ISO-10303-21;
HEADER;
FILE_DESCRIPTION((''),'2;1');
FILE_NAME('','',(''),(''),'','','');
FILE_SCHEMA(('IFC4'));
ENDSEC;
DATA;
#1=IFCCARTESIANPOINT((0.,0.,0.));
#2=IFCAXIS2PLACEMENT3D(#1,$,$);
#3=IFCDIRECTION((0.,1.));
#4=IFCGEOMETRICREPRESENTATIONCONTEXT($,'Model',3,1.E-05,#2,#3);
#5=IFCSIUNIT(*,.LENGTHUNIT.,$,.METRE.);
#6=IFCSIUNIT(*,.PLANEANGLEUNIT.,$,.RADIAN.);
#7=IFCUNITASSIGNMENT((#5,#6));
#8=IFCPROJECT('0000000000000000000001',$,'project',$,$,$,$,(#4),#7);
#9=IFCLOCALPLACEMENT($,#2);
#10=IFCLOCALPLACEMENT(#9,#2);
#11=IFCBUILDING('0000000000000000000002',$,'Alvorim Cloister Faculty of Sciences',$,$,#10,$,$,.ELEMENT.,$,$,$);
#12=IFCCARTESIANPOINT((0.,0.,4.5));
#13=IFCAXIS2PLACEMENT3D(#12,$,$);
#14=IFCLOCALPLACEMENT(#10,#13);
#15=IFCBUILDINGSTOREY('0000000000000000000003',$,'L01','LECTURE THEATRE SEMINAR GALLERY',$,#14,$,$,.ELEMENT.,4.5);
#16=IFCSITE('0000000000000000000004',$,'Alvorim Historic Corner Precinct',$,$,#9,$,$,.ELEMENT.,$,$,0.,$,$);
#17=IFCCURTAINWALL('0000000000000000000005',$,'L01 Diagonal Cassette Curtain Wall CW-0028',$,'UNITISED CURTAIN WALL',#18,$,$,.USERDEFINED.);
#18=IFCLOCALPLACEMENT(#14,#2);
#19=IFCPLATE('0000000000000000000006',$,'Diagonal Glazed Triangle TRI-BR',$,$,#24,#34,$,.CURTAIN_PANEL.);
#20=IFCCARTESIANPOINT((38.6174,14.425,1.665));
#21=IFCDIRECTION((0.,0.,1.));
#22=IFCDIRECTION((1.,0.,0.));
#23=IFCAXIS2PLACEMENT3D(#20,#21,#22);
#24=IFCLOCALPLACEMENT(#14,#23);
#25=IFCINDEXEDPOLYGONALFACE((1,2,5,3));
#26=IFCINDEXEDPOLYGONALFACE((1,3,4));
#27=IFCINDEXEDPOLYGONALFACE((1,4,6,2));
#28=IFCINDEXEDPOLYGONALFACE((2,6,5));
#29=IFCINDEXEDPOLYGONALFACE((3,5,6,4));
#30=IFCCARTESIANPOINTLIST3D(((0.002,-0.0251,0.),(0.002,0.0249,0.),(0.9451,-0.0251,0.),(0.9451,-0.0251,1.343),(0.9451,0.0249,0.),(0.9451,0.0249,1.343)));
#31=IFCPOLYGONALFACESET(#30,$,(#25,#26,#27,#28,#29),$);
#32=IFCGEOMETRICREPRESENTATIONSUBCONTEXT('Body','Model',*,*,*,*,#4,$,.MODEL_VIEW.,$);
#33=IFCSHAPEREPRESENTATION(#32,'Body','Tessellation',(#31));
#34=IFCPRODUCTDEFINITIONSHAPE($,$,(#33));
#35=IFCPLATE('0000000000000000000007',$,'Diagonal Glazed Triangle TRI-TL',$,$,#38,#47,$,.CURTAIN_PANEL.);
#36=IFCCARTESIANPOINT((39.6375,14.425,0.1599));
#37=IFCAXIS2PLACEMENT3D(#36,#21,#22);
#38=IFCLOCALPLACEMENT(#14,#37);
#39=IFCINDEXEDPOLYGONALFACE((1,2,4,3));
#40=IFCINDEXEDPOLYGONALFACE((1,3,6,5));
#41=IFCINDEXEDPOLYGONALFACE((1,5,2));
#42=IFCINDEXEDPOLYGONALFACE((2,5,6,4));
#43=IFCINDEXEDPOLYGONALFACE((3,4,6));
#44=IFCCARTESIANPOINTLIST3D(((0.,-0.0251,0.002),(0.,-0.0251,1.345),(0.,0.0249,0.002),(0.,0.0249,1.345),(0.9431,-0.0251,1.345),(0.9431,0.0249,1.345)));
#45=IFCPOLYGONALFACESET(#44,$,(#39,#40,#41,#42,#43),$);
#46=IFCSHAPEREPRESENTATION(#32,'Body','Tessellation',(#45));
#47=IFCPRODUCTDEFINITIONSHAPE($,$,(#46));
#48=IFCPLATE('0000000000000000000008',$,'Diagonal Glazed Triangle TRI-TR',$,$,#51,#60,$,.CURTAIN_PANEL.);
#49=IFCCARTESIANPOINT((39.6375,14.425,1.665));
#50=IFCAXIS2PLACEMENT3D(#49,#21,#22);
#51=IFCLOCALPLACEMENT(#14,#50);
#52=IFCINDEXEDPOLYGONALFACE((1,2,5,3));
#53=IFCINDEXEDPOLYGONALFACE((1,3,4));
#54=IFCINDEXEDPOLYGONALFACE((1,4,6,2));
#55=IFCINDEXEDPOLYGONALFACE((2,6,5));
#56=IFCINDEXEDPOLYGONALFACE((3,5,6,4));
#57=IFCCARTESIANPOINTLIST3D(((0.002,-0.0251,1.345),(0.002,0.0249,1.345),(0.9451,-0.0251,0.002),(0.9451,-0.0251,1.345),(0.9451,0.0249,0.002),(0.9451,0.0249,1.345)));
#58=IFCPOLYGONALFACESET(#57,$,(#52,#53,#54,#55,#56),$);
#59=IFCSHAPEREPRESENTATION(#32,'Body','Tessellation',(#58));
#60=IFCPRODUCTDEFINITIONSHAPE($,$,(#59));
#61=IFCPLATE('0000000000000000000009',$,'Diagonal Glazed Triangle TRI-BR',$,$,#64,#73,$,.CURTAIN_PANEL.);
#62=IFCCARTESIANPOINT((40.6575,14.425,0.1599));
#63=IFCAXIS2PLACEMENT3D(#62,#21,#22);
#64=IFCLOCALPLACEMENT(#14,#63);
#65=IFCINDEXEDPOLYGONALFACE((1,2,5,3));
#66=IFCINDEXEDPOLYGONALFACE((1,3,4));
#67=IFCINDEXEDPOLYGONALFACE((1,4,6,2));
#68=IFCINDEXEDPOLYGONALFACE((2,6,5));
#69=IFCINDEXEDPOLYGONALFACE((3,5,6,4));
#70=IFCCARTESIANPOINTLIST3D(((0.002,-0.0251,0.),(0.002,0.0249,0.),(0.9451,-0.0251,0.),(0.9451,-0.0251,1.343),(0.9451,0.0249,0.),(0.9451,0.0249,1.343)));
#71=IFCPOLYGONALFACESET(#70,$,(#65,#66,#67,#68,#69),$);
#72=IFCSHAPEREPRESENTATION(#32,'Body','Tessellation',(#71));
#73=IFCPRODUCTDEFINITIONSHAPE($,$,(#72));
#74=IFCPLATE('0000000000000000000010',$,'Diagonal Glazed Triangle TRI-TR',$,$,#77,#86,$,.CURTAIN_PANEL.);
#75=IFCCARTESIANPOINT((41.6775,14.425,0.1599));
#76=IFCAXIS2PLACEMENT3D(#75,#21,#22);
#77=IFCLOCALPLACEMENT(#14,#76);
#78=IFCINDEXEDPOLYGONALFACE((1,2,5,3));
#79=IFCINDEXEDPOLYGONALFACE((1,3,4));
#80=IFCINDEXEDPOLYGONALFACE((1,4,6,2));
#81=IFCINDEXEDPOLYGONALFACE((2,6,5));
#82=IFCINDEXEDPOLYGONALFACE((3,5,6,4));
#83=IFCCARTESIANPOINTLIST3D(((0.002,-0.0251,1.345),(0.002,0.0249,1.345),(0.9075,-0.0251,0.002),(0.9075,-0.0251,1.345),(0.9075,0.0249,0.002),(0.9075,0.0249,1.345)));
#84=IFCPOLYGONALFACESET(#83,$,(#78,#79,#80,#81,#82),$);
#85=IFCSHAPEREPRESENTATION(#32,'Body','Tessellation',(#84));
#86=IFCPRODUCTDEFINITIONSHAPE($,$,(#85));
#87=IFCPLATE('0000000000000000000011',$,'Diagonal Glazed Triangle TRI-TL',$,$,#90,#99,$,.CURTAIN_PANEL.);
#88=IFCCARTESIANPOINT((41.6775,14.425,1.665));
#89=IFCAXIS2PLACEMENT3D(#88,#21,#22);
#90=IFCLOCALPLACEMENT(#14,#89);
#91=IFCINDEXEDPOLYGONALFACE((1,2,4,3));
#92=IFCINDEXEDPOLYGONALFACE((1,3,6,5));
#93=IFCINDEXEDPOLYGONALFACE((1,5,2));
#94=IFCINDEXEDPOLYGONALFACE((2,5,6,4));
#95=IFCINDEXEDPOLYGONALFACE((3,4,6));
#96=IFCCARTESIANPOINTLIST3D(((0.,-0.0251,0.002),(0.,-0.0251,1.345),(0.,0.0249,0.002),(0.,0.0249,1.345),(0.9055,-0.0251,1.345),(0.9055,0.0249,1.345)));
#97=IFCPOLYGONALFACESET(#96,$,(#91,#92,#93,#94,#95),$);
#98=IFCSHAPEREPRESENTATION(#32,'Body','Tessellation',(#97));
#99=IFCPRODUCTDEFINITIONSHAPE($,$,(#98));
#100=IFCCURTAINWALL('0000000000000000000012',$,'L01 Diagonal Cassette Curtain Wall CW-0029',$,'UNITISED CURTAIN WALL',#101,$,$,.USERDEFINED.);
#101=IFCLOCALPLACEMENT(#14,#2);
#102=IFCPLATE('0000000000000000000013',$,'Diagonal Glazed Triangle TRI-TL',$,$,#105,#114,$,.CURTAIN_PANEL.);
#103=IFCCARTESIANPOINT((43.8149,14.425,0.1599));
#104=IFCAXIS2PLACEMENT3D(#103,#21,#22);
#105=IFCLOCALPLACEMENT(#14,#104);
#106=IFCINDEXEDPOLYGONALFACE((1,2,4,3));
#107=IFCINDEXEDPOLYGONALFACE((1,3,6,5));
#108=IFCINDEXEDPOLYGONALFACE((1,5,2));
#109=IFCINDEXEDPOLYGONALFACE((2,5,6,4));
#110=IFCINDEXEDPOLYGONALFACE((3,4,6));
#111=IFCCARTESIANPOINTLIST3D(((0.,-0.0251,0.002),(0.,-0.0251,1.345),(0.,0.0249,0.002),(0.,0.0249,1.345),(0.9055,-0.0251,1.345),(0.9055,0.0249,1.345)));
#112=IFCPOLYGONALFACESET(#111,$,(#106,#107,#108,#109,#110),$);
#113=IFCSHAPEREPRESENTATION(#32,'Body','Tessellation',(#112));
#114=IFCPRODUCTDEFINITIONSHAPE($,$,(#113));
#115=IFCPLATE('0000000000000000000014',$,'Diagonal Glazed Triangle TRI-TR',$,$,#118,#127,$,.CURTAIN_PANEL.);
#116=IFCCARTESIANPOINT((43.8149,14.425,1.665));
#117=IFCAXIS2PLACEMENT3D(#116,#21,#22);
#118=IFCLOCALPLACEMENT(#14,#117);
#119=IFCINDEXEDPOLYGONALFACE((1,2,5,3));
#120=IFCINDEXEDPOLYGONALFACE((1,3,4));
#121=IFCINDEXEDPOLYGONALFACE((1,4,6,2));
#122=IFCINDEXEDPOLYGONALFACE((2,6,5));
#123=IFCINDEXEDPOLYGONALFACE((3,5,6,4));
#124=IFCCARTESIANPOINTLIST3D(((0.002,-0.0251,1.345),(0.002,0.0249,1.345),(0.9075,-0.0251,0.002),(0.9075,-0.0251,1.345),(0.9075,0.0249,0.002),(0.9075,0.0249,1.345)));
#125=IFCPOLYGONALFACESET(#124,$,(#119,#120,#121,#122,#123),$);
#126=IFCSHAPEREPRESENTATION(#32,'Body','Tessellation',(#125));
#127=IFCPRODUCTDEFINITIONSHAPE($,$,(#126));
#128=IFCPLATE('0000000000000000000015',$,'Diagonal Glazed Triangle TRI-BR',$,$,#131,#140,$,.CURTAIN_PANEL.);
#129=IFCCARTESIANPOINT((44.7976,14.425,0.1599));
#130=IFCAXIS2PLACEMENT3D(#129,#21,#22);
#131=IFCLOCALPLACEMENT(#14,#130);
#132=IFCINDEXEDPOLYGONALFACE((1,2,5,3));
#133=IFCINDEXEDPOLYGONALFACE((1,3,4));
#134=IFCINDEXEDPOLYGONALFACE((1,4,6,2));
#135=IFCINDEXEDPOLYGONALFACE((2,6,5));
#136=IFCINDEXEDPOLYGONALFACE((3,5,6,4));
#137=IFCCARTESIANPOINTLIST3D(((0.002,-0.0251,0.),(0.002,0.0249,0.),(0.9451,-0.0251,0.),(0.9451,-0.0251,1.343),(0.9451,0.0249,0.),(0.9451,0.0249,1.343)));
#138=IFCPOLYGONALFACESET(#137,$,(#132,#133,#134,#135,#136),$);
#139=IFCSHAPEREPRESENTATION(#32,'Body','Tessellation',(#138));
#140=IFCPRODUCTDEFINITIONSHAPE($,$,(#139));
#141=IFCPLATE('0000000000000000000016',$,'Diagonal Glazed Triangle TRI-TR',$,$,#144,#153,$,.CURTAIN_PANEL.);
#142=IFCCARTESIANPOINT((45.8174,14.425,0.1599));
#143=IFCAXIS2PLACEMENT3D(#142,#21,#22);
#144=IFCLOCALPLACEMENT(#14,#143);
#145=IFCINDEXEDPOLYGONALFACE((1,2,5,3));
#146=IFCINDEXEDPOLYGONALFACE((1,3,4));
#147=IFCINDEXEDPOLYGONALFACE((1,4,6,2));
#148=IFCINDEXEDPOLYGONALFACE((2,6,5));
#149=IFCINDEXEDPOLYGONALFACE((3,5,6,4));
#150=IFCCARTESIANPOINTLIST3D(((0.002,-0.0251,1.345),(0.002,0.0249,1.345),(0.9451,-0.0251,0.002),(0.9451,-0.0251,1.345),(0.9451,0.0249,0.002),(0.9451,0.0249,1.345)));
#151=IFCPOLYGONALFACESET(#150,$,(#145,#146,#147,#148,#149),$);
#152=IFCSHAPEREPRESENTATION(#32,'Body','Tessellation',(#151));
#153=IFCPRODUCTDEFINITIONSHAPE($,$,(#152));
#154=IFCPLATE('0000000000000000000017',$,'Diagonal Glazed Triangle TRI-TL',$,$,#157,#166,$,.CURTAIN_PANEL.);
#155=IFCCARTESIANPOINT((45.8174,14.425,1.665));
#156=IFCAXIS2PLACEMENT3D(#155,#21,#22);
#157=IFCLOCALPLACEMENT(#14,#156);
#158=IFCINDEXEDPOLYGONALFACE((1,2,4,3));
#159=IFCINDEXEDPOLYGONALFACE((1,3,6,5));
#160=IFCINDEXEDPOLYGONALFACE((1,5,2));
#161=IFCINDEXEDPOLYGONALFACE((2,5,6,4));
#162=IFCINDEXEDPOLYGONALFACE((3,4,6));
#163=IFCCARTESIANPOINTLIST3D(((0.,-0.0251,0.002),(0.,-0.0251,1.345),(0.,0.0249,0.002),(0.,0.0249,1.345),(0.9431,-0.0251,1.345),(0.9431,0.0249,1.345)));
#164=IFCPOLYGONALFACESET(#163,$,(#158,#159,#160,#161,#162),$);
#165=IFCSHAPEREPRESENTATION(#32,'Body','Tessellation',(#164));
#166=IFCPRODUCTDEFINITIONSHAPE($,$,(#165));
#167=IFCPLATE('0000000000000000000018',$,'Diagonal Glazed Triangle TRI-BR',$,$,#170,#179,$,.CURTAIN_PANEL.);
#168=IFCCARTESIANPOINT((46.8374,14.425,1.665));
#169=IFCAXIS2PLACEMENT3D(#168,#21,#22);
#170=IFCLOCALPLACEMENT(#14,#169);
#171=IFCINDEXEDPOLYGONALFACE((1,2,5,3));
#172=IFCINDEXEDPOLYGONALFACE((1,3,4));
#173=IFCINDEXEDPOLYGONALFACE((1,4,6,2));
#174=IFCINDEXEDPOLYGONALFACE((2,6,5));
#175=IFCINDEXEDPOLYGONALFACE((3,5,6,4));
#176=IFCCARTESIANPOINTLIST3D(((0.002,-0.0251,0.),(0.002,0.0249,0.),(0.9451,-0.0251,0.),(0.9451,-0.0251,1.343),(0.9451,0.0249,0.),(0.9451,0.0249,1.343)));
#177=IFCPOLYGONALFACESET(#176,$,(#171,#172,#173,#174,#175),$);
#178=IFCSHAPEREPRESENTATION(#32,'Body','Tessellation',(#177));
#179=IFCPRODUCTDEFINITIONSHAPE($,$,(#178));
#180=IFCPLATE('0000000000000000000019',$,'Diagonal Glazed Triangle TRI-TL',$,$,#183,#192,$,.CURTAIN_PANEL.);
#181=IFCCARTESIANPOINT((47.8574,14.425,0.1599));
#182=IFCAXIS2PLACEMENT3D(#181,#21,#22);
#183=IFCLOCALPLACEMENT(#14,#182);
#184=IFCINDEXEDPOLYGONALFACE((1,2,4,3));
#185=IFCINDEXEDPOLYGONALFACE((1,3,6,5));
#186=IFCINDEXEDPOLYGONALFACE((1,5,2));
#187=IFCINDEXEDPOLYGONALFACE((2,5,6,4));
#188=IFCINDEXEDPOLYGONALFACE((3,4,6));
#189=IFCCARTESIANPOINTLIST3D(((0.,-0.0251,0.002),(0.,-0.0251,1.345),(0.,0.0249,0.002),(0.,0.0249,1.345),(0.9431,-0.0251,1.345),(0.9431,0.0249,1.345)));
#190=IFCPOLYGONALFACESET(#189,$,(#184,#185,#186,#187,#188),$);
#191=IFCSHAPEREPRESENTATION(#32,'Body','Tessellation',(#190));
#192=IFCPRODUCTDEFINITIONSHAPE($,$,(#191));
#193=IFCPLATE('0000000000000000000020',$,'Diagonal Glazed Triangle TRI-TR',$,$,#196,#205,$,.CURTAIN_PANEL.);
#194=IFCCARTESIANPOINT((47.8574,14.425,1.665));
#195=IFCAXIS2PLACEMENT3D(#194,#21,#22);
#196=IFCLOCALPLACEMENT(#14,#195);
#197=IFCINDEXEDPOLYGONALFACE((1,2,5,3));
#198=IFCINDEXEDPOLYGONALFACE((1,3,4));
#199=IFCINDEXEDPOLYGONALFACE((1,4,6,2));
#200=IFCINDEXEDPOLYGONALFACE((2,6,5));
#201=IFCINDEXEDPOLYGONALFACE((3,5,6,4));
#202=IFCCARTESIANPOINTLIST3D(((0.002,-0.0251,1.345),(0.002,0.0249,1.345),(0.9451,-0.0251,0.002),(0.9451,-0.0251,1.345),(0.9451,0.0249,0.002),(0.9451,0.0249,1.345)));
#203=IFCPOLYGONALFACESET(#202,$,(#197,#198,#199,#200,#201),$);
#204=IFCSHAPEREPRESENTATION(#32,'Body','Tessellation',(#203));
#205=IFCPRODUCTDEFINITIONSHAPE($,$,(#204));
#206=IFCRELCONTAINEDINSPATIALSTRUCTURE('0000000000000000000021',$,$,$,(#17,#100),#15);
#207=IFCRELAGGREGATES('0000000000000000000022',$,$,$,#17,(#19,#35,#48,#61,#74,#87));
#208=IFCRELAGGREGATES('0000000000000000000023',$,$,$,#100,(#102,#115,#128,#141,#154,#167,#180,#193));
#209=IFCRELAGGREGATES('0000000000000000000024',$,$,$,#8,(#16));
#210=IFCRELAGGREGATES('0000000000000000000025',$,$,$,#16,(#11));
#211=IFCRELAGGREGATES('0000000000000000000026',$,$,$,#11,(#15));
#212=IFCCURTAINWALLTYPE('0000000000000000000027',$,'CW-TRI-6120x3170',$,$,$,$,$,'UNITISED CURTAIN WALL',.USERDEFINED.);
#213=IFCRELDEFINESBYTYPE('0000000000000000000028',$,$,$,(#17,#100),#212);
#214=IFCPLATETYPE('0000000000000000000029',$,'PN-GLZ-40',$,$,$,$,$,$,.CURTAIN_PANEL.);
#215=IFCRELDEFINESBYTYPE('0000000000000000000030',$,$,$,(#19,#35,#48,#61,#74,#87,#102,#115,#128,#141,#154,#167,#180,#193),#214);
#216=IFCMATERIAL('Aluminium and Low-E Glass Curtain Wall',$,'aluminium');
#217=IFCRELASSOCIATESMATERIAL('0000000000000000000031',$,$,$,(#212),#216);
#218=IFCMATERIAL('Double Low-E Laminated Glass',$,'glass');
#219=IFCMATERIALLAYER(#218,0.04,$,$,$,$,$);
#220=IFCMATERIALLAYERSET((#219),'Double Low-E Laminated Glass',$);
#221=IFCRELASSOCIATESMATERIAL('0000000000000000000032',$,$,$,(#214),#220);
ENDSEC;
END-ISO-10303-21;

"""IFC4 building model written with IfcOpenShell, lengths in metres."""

from ifc_helpers import new_model, si_unit, direction, frame, origin, place, context, subcontext, project, spatial, polyline, outline, extrude, material, layer, layer_set, type_object, element, aggregate, save


model = new_model("IFC4")

# Units and contexts
model_context = context("Model", 3, precision=1e-05, world=origin(), true_north=direction((0.0, 1.0)))
body_context = subcontext(model_context, "Body", "Model", "MODEL_VIEW")
ifc_project = project(units=[si_unit("LENGTHUNIT", "METRE"), si_unit("PLANEANGLEUNIT", "RADIAN")], contexts=[model_context])

# Site, building, storey
site_placement = place(None, origin())
site = spatial("IfcSite", under=ifc_project, at=site_placement, Name="Alvorim Historic Corner Precinct", CompositionType="ELEMENT", RefElevation=0.0)
building_placement = place(site_placement, origin())
building = spatial("IfcBuilding", under=site, at=building_placement, Name="Alvorim Cloister Faculty of Sciences", CompositionType="ELEMENT")
storey_placement = place(building_placement, frame((0.0, 0.0, 4.5)))
storey = spatial("IfcBuildingStorey", under=building, at=storey_placement, Name="L01", Description="LECTURE THEATRE SEMINAR GALLERY", CompositionType="ELEMENT", Elevation=4.5)

# Curtain walls, plates
ifc_material_1 = material(Name="Aluminium and Low-E Glass Curtain Wall", Category="aluminium")
curtain_wall_type = type_object("IfcCurtainWallType", Name="CW-TRI-6120x3170", ElementType="UNITISED CURTAIN WALL", PredefinedType="USERDEFINED", material=ifc_material_1)
curtain_wall_1_placement = place(storey_placement, origin())
curtain_wall_1 = element("IfcCurtainWall", 1, at=curtain_wall_1_placement, inside=storey, type_object=curtain_wall_type, Name="L01 Diagonal Cassette Curtain Wall CW-0028", ObjectType="UNITISED CURTAIN WALL", PredefinedType="USERDEFINED")
ifc_material_2 = material(Name="Double Low-E Laminated Glass", Category="glass")
ifc_layer = layer(ifc_material_2, 0.04)
ifc_layer_set = layer_set([ifc_layer], Name="Double Low-E Laminated Glass")
plate_type = type_object("IfcPlateType", Name="PN-GLZ-40", PredefinedType="CURTAIN_PANEL", material=ifc_layer_set)
plate_1_placement = place(storey_placement, frame((38.6174, 14.425, 1.665), z_axis=(0.0, 0.0, 1.0), x_axis=(1.0, 0.0, 0.0)))
plate_1 = element("IfcPlate", 2, at=plate_1_placement, type_object=plate_type, Name="Diagonal Glazed Triangle TRI-BR", PredefinedType="CURTAIN_PANEL", context=body_context, shape_type="SweptSolid", body=[
    extrude(outline(polyline([(0.002, 0.0), (0.9451, 0.0), (0.9451, 1.343), (0.002, 0.0)])), frame((0.0, 0.0249, 0.0), z_axis=(0.0, -1.0, 0.0), x_axis=(1.0, 0.0, 0.0)), (0.0, 0.0, 1.0), 0.05),
])
plate_2_placement = place(storey_placement, frame((39.6375, 14.425, 0.1599), z_axis=(0.0, 0.0, 1.0), x_axis=(1.0, 0.0, 0.0)))
plate_2 = element("IfcPlate", 3, at=plate_2_placement, type_object=plate_type, Name="Diagonal Glazed Triangle TRI-TL", PredefinedType="CURTAIN_PANEL", context=body_context, shape_type="SweptSolid", body=[
    extrude(outline(polyline([(0.9431, 1.345), (0.0, 1.345), (0.0, 0.002), (0.9431, 1.345)])), frame((0.0, 0.0249, 0.0), z_axis=(0.0, -1.0, 0.0), x_axis=(1.0, 0.0, 0.0)), (0.0, 0.0, 1.0), 0.05),
])
plate_3_placement = place(storey_placement, frame((39.6375, 14.425, 1.665), z_axis=(0.0, 0.0, 1.0), x_axis=(1.0, 0.0, 0.0)))
plate_3 = element("IfcPlate", 4, at=plate_3_placement, type_object=plate_type, Name="Diagonal Glazed Triangle TRI-TR", PredefinedType="CURTAIN_PANEL", context=body_context, shape_type="SweptSolid", body=[
    extrude(outline(polyline([(0.9451, 0.002), (0.9451, 1.345), (0.002, 1.345), (0.9451, 0.002)])), frame((0.0, 0.0249, 0.0), z_axis=(0.0, -1.0, 0.0), x_axis=(1.0, 0.0, 0.0)), (0.0, 0.0, 1.0), 0.05),
])
plate_4_placement = place(storey_placement, frame((40.6575, 14.425, 0.1599), z_axis=(0.0, 0.0, 1.0), x_axis=(1.0, 0.0, 0.0)))
plate_4 = element("IfcPlate", 5, at=plate_4_placement, type_object=plate_type, Name="Diagonal Glazed Triangle TRI-BR", PredefinedType="CURTAIN_PANEL", context=body_context, shape_type="SweptSolid", body=[
    extrude(outline(polyline([(0.002, 0.0), (0.9451, 0.0), (0.9451, 1.343), (0.002, 0.0)])), frame((0.0, 0.0249, 0.0), z_axis=(0.0, -1.0, 0.0), x_axis=(1.0, 0.0, 0.0)), (0.0, 0.0, 1.0), 0.05),
])
plate_5_placement = place(storey_placement, frame((41.6775, 14.425, 0.1599), z_axis=(0.0, 0.0, 1.0), x_axis=(1.0, 0.0, 0.0)))
plate_5 = element("IfcPlate", 6, at=plate_5_placement, type_object=plate_type, Name="Diagonal Glazed Triangle TRI-TR", PredefinedType="CURTAIN_PANEL", context=body_context, shape_type="SweptSolid", body=[
    extrude(outline(polyline([(0.9075, 0.002), (0.9075, 1.345), (0.002, 1.345), (0.9075, 0.002)])), frame((0.0, 0.0249, 0.0), z_axis=(0.0, -1.0, 0.0), x_axis=(1.0, 0.0, 0.0)), (0.0, 0.0, 1.0), 0.05),
])
plate_6_placement = place(storey_placement, frame((41.6775, 14.425, 1.665), z_axis=(0.0, 0.0, 1.0), x_axis=(1.0, 0.0, 0.0)))
plate_6 = element("IfcPlate", 7, at=plate_6_placement, type_object=plate_type, Name="Diagonal Glazed Triangle TRI-TL", PredefinedType="CURTAIN_PANEL", context=body_context, shape_type="SweptSolid", body=[
    extrude(outline(polyline([(0.9055, 1.345), (0.0, 1.345), (0.0, 0.002), (0.9055, 1.345)])), frame((0.0, 0.0249, 0.0), z_axis=(0.0, -1.0, 0.0), x_axis=(1.0, 0.0, 0.0)), (0.0, 0.0, 1.0), 0.05),
])
aggregate(curtain_wall_1, [plate_1, plate_2, plate_3, plate_4, plate_5, plate_6])
curtain_wall_2_placement = place(storey_placement, origin())
curtain_wall_2 = element("IfcCurtainWall", 8, at=curtain_wall_2_placement, inside=storey, type_object=curtain_wall_type, Name="L01 Diagonal Cassette Curtain Wall CW-0029", ObjectType="UNITISED CURTAIN WALL", PredefinedType="USERDEFINED")
plate_7_placement = place(storey_placement, frame((43.8149, 14.425, 0.1599), z_axis=(0.0, 0.0, 1.0), x_axis=(1.0, 0.0, 0.0)))
plate_7 = element("IfcPlate", 9, at=plate_7_placement, type_object=plate_type, Name="Diagonal Glazed Triangle TRI-TL", PredefinedType="CURTAIN_PANEL", context=body_context, shape_type="SweptSolid", body=[
    extrude(outline(polyline([(0.9055, 1.345), (0.0, 1.345), (0.0, 0.002), (0.9055, 1.345)])), frame((0.0, 0.0249, 0.0), z_axis=(0.0, -1.0, 0.0), x_axis=(1.0, 0.0, 0.0)), (0.0, 0.0, 1.0), 0.05),
])
plate_8_placement = place(storey_placement, frame((43.8149, 14.425, 1.665), z_axis=(0.0, 0.0, 1.0), x_axis=(1.0, 0.0, 0.0)))
plate_8 = element("IfcPlate", 10, at=plate_8_placement, type_object=plate_type, Name="Diagonal Glazed Triangle TRI-TR", PredefinedType="CURTAIN_PANEL", context=body_context, shape_type="SweptSolid", body=[
    extrude(outline(polyline([(0.9075, 0.002), (0.9075, 1.345), (0.002, 1.345), (0.9075, 0.002)])), frame((0.0, 0.0249, 0.0), z_axis=(0.0, -1.0, 0.0), x_axis=(1.0, 0.0, 0.0)), (0.0, 0.0, 1.0), 0.05),
])
plate_9_placement = place(storey_placement, frame((44.7976, 14.425, 0.1599), z_axis=(0.0, 0.0, 1.0), x_axis=(1.0, 0.0, 0.0)))
plate_9 = element("IfcPlate", 11, at=plate_9_placement, type_object=plate_type, Name="Diagonal Glazed Triangle TRI-BR", PredefinedType="CURTAIN_PANEL", context=body_context, shape_type="SweptSolid", body=[
    extrude(outline(polyline([(0.002, 0.0), (0.9451, 0.0), (0.9451, 1.343), (0.002, 0.0)])), frame((0.0, 0.0249, 0.0), z_axis=(0.0, -1.0, 0.0), x_axis=(1.0, 0.0, 0.0)), (0.0, 0.0, 1.0), 0.05),
])
plate_10_placement = place(storey_placement, frame((45.8174, 14.425, 0.1599), z_axis=(0.0, 0.0, 1.0), x_axis=(1.0, 0.0, 0.0)))
plate_10 = element("IfcPlate", 12, at=plate_10_placement, type_object=plate_type, Name="Diagonal Glazed Triangle TRI-TR", PredefinedType="CURTAIN_PANEL", context=body_context, shape_type="SweptSolid", body=[
    extrude(outline(polyline([(0.9451, 0.002), (0.9451, 1.345), (0.002, 1.345), (0.9451, 0.002)])), frame((0.0, 0.0249, 0.0), z_axis=(0.0, -1.0, 0.0), x_axis=(1.0, 0.0, 0.0)), (0.0, 0.0, 1.0), 0.05),
])
plate_11_placement = place(storey_placement, frame((45.8174, 14.425, 1.665), z_axis=(0.0, 0.0, 1.0), x_axis=(1.0, 0.0, 0.0)))
plate_11 = element("IfcPlate", 13, at=plate_11_placement, type_object=plate_type, Name="Diagonal Glazed Triangle TRI-TL", PredefinedType="CURTAIN_PANEL", context=body_context, shape_type="SweptSolid", body=[
    extrude(outline(polyline([(0.9431, 1.345), (0.0, 1.345), (0.0, 0.002), (0.9431, 1.345)])), frame((0.0, 0.0249, 0.0), z_axis=(0.0, -1.0, 0.0), x_axis=(1.0, 0.0, 0.0)), (0.0, 0.0, 1.0), 0.05),
])
plate_12_placement = place(storey_placement, frame((46.8374, 14.425, 1.665), z_axis=(0.0, 0.0, 1.0), x_axis=(1.0, 0.0, 0.0)))
plate_12 = element("IfcPlate", 14, at=plate_12_placement, type_object=plate_type, Name="Diagonal Glazed Triangle TRI-BR", PredefinedType="CURTAIN_PANEL", context=body_context, shape_type="SweptSolid", body=[
    extrude(outline(polyline([(0.002, 0.0), (0.9451, 0.0), (0.9451, 1.343), (0.002, 0.0)])), frame((0.0, 0.0249, 0.0), z_axis=(0.0, -1.0, 0.0), x_axis=(1.0, 0.0, 0.0)), (0.0, 0.0, 1.0), 0.05),
])
plate_13_placement = place(storey_placement, frame((47.8574, 14.425, 0.1599), z_axis=(0.0, 0.0, 1.0), x_axis=(1.0, 0.0, 0.0)))
plate_13 = element("IfcPlate", 15, at=plate_13_placement, type_object=plate_type, Name="Diagonal Glazed Triangle TRI-TL", PredefinedType="CURTAIN_PANEL", context=body_context, shape_type="SweptSolid", body=[
    extrude(outline(polyline([(0.9431, 1.345), (0.0, 1.345), (0.0, 0.002), (0.9431, 1.345)])), frame((0.0, 0.0249, 0.0), z_axis=(0.0, -1.0, 0.0), x_axis=(1.0, 0.0, 0.0)), (0.0, 0.0, 1.0), 0.05),
])
plate_14_placement = place(storey_placement, frame((47.8574, 14.425, 1.665), z_axis=(0.0, 0.0, 1.0), x_axis=(1.0, 0.0, 0.0)))
plate_14 = element("IfcPlate", 16, at=plate_14_placement, type_object=plate_type, Name="Diagonal Glazed Triangle TRI-TR", PredefinedType="CURTAIN_PANEL", context=body_context, shape_type="SweptSolid", body=[
    extrude(outline(polyline([(0.9451, 0.002), (0.9451, 1.345), (0.002, 1.345), (0.9451, 0.002)])), frame((0.0, 0.0249, 0.0), z_axis=(0.0, -1.0, 0.0), x_axis=(1.0, 0.0, 0.0)), (0.0, 0.0, 1.0), 0.05),
])
aggregate(curtain_wall_2, [plate_7, plate_8, plate_9, plate_10, plate_11, plate_12, plate_13, plate_14])

save(model, "model.ifc")
